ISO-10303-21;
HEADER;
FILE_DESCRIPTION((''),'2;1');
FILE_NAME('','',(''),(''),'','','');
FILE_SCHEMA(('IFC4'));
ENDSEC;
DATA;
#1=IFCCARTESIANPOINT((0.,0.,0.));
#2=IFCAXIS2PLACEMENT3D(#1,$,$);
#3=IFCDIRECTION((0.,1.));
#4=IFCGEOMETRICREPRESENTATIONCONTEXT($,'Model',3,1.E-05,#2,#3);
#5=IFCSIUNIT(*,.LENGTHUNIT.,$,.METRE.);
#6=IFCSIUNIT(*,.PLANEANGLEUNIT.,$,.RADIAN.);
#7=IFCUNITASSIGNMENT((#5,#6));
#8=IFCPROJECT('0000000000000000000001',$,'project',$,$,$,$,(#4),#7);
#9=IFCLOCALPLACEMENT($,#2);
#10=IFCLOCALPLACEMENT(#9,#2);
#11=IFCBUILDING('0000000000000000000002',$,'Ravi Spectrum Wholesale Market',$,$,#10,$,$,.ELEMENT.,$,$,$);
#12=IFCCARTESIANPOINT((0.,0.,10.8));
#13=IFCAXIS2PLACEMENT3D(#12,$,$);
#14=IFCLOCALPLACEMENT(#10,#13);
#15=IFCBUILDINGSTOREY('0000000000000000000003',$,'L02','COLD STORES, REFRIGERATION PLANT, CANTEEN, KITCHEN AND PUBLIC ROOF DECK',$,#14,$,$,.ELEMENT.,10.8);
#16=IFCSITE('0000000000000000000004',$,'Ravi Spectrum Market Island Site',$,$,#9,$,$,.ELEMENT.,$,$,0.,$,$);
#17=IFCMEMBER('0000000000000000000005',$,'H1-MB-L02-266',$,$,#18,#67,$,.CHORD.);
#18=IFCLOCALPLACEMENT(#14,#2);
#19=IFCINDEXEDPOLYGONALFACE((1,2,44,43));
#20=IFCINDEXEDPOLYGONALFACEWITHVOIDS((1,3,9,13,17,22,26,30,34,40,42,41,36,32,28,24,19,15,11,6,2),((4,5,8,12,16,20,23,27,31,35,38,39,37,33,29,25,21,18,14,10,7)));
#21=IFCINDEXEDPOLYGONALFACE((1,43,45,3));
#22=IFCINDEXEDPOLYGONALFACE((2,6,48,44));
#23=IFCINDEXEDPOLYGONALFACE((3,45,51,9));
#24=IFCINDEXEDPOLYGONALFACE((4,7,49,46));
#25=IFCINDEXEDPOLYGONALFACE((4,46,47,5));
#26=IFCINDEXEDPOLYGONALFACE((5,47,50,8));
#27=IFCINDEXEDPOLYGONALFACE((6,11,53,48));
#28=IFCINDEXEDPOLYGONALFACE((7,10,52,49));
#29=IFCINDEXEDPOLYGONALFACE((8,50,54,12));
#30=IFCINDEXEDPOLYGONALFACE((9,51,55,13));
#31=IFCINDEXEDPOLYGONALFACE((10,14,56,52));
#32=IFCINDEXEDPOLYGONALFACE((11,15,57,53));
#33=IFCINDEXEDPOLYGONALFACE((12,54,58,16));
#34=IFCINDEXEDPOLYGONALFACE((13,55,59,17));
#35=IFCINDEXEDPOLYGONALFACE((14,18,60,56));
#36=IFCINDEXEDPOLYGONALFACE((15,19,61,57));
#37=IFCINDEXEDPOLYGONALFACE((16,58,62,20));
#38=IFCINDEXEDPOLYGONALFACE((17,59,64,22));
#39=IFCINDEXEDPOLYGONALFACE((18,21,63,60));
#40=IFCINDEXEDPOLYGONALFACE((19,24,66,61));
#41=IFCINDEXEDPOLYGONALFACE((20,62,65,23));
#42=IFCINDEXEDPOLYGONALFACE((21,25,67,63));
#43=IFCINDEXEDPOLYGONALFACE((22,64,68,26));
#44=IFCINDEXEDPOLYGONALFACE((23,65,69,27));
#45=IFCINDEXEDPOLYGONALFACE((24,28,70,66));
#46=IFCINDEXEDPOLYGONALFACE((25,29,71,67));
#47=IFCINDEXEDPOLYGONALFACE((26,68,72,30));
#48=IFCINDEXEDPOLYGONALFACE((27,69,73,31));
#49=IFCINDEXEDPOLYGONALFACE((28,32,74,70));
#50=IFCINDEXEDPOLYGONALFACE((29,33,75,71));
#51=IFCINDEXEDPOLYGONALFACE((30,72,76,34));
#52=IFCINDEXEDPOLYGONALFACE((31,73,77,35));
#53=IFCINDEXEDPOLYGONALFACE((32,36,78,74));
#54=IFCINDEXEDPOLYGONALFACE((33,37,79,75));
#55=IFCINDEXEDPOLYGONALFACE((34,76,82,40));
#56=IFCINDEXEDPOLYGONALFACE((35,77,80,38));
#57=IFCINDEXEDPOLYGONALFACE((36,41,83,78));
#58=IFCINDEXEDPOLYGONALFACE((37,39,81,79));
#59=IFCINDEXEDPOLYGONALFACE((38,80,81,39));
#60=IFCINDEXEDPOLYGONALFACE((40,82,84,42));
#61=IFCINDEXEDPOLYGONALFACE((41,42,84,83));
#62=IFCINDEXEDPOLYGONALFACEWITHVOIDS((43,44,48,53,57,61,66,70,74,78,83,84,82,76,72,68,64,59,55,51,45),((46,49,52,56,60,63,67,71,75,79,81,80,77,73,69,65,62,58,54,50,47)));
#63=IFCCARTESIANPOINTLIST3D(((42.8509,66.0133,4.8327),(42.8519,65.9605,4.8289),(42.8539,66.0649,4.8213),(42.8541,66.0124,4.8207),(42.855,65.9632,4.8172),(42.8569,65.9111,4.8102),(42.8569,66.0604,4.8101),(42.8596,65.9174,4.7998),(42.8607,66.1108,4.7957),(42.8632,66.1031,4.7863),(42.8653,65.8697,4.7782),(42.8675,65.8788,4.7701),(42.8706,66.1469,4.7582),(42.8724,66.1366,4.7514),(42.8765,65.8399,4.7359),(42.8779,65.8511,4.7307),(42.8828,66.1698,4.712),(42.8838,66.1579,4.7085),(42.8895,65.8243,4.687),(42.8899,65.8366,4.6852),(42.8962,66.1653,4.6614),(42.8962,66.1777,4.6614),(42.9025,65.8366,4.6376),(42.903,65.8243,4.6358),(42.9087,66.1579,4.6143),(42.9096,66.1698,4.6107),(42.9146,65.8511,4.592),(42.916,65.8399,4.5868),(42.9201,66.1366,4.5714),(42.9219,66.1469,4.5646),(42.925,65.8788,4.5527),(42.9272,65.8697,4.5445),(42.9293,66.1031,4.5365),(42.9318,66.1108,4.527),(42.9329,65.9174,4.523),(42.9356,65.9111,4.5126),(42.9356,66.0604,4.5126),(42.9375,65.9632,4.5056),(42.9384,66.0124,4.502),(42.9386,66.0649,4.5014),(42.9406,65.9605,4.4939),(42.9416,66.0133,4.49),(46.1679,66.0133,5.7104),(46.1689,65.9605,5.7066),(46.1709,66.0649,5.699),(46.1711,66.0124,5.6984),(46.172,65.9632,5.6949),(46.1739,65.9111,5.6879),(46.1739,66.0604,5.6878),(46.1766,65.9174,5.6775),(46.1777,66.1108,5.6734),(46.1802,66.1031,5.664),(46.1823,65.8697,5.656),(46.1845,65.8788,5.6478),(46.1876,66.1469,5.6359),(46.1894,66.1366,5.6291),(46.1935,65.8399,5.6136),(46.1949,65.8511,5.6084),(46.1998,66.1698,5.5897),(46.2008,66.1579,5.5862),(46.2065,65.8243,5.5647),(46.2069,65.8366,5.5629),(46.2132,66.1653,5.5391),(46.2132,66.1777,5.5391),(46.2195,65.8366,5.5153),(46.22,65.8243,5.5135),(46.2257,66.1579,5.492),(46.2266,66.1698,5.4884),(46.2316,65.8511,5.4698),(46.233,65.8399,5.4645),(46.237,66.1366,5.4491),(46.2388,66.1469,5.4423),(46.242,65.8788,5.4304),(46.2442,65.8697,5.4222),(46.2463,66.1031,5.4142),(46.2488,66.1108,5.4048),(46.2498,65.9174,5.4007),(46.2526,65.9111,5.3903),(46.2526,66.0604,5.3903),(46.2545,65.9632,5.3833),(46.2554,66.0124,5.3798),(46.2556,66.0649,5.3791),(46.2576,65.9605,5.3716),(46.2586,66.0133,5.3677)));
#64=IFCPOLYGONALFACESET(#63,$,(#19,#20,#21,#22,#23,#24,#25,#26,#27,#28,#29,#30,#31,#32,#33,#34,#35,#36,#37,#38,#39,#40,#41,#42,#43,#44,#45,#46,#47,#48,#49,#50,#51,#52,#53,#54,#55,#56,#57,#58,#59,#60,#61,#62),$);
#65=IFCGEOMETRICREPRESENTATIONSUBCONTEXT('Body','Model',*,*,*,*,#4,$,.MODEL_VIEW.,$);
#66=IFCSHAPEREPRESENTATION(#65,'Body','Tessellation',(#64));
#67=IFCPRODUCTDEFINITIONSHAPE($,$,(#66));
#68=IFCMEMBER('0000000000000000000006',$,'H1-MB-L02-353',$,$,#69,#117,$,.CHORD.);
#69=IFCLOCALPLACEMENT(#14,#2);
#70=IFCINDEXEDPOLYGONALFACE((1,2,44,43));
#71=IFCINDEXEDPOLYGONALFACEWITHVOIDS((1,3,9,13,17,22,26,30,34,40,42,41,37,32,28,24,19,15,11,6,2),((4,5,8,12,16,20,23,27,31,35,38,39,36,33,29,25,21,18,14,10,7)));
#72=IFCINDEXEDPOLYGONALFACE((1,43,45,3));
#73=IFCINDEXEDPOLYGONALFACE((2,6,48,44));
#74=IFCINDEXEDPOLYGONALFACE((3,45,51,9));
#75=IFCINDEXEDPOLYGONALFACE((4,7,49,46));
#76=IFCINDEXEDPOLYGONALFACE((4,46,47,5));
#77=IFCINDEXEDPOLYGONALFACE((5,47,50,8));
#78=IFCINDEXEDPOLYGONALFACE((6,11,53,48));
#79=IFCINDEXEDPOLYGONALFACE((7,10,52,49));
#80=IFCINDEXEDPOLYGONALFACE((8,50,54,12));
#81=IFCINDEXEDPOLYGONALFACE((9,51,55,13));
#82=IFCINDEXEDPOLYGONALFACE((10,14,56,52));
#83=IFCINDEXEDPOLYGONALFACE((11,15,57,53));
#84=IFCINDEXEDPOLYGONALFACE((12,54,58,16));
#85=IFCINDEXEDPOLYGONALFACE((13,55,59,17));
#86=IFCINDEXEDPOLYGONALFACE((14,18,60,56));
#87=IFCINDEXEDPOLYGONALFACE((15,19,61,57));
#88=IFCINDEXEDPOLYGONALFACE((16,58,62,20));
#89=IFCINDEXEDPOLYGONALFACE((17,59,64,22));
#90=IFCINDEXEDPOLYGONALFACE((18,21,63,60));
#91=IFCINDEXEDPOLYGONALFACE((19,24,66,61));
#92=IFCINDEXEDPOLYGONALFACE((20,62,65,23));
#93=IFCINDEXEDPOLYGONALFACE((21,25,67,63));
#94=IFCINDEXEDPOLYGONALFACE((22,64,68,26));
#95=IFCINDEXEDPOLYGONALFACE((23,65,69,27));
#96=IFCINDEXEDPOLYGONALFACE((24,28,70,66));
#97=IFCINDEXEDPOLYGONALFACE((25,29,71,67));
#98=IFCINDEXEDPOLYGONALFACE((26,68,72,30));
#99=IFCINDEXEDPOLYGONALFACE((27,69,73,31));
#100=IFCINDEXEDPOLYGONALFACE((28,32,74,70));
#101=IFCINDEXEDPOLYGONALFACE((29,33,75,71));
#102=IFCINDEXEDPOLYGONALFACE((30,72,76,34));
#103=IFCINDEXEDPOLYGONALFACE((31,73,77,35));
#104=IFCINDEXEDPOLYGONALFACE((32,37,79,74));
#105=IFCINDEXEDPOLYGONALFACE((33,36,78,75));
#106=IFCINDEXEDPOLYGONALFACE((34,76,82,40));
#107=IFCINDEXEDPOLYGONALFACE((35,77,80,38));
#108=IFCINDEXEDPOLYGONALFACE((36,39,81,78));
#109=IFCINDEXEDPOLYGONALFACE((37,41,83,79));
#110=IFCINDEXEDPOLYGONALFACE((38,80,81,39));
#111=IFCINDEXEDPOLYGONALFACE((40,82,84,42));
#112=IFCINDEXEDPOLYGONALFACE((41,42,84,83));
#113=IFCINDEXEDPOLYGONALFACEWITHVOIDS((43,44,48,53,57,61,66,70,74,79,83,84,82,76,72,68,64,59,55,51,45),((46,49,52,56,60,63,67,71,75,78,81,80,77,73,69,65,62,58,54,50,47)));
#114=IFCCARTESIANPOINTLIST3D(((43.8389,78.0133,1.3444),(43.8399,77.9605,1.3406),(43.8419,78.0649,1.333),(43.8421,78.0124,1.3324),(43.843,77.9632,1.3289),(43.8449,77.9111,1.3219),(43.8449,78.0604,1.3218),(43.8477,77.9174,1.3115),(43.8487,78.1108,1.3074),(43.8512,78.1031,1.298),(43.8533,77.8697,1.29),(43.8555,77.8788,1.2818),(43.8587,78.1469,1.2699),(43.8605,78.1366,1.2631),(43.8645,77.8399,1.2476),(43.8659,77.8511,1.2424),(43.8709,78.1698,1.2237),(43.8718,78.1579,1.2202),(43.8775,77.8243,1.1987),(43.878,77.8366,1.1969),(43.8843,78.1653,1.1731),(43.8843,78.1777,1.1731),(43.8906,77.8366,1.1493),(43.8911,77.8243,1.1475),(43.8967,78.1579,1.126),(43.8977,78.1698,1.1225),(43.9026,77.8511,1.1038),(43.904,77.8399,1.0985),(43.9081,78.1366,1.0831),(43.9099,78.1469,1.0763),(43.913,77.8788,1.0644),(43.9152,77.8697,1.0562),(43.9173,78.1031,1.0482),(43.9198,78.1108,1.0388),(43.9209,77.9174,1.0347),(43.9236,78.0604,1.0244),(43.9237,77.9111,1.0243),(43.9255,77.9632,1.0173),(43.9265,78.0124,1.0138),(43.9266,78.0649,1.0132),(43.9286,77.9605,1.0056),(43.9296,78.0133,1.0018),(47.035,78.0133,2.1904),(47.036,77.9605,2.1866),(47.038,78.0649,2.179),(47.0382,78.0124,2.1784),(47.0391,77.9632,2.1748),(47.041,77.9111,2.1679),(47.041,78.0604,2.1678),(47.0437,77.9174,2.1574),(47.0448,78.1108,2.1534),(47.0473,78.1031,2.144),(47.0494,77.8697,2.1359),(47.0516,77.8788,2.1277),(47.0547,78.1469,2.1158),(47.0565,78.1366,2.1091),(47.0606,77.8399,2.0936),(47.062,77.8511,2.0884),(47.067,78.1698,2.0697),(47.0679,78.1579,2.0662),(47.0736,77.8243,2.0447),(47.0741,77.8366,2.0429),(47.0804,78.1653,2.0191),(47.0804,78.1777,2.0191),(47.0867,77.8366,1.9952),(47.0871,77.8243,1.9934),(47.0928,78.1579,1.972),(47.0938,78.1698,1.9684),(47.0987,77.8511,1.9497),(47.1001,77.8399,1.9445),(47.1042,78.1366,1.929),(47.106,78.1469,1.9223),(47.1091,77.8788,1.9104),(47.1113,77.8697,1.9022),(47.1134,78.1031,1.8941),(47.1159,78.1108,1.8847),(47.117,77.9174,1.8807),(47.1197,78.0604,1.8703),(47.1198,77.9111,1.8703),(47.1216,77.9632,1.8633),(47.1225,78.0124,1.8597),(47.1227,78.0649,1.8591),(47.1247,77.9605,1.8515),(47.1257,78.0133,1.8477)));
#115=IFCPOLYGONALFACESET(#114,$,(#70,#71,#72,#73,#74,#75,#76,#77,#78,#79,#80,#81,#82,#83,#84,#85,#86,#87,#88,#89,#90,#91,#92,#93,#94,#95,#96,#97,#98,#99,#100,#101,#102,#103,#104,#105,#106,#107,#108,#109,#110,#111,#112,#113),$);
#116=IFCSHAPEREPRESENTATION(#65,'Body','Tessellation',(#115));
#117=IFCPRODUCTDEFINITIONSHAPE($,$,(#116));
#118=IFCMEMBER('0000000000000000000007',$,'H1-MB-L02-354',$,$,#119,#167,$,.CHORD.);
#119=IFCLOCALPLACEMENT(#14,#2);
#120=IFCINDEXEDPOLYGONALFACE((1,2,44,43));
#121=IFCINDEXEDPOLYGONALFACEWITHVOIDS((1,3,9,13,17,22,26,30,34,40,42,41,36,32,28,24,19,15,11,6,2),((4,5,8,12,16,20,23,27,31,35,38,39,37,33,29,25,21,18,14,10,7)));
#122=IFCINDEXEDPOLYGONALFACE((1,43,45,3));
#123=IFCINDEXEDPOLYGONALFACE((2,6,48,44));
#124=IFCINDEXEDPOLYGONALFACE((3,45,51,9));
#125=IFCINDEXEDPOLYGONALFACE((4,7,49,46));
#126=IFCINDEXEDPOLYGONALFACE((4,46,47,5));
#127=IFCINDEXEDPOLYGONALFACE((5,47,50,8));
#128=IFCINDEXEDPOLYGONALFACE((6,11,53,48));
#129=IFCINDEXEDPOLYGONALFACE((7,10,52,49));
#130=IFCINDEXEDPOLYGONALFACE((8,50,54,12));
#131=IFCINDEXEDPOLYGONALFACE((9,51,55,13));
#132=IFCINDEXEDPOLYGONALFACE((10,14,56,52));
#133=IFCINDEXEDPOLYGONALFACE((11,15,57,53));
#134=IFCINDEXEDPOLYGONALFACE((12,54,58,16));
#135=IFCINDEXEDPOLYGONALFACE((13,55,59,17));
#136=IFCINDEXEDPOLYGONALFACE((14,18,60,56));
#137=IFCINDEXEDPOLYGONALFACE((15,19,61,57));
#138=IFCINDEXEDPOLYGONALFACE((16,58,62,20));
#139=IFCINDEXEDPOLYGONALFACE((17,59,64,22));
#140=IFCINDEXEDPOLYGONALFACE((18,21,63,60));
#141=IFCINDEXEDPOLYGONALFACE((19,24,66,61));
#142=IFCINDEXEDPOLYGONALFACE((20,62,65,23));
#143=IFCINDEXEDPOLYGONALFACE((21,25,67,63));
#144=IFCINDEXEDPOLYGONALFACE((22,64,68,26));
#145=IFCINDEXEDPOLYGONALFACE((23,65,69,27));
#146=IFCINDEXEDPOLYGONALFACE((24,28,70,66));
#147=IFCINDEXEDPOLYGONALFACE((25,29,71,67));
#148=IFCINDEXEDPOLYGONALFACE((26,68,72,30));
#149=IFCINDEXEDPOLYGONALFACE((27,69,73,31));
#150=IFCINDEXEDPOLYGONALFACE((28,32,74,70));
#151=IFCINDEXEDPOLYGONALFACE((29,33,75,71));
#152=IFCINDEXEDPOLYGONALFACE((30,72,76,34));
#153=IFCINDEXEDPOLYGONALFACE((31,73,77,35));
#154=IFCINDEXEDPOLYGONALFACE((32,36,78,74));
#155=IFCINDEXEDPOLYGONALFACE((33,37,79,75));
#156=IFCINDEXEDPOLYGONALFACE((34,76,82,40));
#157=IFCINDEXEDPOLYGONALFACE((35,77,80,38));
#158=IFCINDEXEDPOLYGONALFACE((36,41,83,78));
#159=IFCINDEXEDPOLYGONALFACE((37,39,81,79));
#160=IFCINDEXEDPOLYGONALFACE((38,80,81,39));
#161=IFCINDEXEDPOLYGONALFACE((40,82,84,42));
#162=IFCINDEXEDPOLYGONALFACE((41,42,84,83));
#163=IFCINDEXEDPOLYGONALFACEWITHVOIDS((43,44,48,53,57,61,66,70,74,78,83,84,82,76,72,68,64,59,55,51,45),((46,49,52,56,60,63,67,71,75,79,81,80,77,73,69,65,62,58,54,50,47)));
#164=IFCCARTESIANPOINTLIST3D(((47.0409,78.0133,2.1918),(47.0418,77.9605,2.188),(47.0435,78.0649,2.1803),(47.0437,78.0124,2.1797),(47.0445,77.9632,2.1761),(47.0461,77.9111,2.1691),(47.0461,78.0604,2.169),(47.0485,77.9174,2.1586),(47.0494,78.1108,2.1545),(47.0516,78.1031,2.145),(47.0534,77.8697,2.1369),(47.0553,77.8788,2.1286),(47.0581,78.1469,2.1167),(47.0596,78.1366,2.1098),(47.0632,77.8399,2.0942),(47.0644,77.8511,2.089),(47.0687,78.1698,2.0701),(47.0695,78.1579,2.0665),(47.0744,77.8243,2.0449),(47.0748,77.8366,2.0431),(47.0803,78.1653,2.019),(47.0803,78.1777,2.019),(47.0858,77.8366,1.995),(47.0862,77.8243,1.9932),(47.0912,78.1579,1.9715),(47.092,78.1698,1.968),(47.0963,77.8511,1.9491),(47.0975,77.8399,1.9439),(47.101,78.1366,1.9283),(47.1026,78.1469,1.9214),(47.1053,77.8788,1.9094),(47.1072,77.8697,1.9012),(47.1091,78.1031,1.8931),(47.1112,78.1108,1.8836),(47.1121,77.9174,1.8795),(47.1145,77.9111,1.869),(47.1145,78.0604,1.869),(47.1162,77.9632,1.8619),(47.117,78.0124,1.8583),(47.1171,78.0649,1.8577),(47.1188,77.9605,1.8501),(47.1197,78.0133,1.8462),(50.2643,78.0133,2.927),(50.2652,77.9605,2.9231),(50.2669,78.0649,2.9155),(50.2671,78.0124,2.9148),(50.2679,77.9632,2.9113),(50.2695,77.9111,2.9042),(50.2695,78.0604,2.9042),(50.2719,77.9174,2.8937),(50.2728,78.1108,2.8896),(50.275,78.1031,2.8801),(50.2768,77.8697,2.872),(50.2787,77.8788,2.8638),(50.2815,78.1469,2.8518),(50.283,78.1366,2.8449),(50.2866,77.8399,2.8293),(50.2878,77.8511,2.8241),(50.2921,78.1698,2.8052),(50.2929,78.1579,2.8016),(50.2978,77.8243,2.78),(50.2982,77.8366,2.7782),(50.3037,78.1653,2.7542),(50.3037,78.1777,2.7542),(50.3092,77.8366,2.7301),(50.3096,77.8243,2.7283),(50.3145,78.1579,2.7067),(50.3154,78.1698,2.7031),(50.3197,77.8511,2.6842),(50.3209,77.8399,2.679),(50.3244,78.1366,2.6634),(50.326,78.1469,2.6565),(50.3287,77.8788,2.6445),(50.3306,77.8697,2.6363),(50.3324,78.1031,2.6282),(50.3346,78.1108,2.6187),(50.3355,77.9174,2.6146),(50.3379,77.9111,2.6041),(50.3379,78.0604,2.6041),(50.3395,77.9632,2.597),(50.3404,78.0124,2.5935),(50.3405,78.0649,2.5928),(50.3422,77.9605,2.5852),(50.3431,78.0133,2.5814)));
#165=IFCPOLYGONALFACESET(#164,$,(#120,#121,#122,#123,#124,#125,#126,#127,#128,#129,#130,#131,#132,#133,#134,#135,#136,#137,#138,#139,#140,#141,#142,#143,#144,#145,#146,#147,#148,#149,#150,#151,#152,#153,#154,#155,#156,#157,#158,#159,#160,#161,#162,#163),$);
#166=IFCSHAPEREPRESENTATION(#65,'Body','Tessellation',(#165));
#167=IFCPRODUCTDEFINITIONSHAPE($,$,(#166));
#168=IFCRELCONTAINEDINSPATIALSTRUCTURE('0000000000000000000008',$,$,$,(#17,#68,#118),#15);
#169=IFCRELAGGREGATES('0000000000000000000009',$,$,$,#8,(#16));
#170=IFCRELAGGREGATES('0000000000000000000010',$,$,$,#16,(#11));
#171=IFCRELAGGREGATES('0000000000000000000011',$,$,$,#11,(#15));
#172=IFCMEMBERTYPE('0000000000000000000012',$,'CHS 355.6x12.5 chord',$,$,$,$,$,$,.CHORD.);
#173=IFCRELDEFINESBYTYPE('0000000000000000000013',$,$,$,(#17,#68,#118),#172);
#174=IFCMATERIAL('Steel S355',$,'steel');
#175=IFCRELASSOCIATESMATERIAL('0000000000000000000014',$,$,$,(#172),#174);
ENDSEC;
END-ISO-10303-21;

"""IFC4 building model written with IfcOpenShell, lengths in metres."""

from ifc_helpers import new_model, si_unit, direction, frame, origin, origin_2d, place, context, subcontext, project, spatial, hollow_circle, extrude, material, material_profile, profile_set, type_object, element, save


model = new_model("IFC4")

# Units and contexts
model_context = context("Model", 3, precision=1e-05, world=origin(), true_north=direction((0.0, 1.0)))
body_context = subcontext(model_context, "Body", "Model", "MODEL_VIEW")
ifc_project = project(units=[si_unit("LENGTHUNIT", "METRE"), si_unit("PLANEANGLEUNIT", "RADIAN")], contexts=[model_context])

# Site, building, storey
site_placement = place(None, origin())
site = spatial("IfcSite", under=ifc_project, at=site_placement, Name="Ravi Spectrum Market Island Site", CompositionType="ELEMENT", RefElevation=0.0)
building_placement = place(site_placement, origin())
building = spatial("IfcBuilding", under=site, at=building_placement, Name="Ravi Spectrum Wholesale Market", CompositionType="ELEMENT")
storey_placement = place(building_placement, frame((0.0, 0.0, 10.8)))
storey = spatial("IfcBuildingStorey", under=building, at=storey_placement, Name="L02", Description="COLD STORES, REFRIGERATION PLANT, CANTEEN, KITCHEN AND PUBLIC ROOF DECK", CompositionType="ELEMENT", Elevation=10.8)

# Members
ifc_material_1 = material(Name="Steel S355", Category="steel")
ifc_material_profile_1 = material_profile(ifc_material_1, hollow_circle(Radius=0.1777, WallThickness=0.0125, at=origin_2d()))
ifc_profile_set_1 = profile_set([ifc_material_profile_1], Name="Steel S355")
member_type_1 = type_object("IfcMemberType", Name="CHS 355.6x12.5 chord", PredefinedType="CHORD", material=ifc_profile_set_1)
member_1_placement = place(storey_placement, frame((42.8962, 66.0, 4.6614), z_axis=(0.966728, 0.0, 0.255807), x_axis=(0.0, 1.0, 0.0)))
element("IfcMember", 1, at=member_1_placement, inside=storey, type_object=member_type_1, Name="H1-MB-L02-266", PredefinedType="CHORD", context=body_context, shape_type="SweptSolid", body=[
    extrude(hollow_circle(Radius=0.1777, WallThickness=0.0125, at=origin_2d()), origin(), (0.0, 0.0, 1.0), 3.4312),
])
for number, where, z_axis, x_axis, name in (
    (2, (43.8843, 78.0, 1.1731), (0.96671, 0.0, 0.255874), (0.0, 1.0, 0.0), "H1-MB-L02-353"),
    (3, (47.0803, 78.0, 2.019), (0.974968, 0.0, 0.222346), (0.0, 1.0, 0.0), "H1-MB-L02-354"),
):
    element("IfcMember", number, at=place(storey_placement, frame(where, z_axis=z_axis, x_axis=x_axis)), inside=storey, type_object=member_type_1, Name=name, PredefinedType="CHORD", context=body_context, shape_type="SweptSolid", body=[
        extrude(hollow_circle(Radius=0.1777, WallThickness=0.0125, at=origin_2d()), origin(), (0.0, 0.0, 1.0), 3.3062),
    ])

save(model, "model.ifc")
